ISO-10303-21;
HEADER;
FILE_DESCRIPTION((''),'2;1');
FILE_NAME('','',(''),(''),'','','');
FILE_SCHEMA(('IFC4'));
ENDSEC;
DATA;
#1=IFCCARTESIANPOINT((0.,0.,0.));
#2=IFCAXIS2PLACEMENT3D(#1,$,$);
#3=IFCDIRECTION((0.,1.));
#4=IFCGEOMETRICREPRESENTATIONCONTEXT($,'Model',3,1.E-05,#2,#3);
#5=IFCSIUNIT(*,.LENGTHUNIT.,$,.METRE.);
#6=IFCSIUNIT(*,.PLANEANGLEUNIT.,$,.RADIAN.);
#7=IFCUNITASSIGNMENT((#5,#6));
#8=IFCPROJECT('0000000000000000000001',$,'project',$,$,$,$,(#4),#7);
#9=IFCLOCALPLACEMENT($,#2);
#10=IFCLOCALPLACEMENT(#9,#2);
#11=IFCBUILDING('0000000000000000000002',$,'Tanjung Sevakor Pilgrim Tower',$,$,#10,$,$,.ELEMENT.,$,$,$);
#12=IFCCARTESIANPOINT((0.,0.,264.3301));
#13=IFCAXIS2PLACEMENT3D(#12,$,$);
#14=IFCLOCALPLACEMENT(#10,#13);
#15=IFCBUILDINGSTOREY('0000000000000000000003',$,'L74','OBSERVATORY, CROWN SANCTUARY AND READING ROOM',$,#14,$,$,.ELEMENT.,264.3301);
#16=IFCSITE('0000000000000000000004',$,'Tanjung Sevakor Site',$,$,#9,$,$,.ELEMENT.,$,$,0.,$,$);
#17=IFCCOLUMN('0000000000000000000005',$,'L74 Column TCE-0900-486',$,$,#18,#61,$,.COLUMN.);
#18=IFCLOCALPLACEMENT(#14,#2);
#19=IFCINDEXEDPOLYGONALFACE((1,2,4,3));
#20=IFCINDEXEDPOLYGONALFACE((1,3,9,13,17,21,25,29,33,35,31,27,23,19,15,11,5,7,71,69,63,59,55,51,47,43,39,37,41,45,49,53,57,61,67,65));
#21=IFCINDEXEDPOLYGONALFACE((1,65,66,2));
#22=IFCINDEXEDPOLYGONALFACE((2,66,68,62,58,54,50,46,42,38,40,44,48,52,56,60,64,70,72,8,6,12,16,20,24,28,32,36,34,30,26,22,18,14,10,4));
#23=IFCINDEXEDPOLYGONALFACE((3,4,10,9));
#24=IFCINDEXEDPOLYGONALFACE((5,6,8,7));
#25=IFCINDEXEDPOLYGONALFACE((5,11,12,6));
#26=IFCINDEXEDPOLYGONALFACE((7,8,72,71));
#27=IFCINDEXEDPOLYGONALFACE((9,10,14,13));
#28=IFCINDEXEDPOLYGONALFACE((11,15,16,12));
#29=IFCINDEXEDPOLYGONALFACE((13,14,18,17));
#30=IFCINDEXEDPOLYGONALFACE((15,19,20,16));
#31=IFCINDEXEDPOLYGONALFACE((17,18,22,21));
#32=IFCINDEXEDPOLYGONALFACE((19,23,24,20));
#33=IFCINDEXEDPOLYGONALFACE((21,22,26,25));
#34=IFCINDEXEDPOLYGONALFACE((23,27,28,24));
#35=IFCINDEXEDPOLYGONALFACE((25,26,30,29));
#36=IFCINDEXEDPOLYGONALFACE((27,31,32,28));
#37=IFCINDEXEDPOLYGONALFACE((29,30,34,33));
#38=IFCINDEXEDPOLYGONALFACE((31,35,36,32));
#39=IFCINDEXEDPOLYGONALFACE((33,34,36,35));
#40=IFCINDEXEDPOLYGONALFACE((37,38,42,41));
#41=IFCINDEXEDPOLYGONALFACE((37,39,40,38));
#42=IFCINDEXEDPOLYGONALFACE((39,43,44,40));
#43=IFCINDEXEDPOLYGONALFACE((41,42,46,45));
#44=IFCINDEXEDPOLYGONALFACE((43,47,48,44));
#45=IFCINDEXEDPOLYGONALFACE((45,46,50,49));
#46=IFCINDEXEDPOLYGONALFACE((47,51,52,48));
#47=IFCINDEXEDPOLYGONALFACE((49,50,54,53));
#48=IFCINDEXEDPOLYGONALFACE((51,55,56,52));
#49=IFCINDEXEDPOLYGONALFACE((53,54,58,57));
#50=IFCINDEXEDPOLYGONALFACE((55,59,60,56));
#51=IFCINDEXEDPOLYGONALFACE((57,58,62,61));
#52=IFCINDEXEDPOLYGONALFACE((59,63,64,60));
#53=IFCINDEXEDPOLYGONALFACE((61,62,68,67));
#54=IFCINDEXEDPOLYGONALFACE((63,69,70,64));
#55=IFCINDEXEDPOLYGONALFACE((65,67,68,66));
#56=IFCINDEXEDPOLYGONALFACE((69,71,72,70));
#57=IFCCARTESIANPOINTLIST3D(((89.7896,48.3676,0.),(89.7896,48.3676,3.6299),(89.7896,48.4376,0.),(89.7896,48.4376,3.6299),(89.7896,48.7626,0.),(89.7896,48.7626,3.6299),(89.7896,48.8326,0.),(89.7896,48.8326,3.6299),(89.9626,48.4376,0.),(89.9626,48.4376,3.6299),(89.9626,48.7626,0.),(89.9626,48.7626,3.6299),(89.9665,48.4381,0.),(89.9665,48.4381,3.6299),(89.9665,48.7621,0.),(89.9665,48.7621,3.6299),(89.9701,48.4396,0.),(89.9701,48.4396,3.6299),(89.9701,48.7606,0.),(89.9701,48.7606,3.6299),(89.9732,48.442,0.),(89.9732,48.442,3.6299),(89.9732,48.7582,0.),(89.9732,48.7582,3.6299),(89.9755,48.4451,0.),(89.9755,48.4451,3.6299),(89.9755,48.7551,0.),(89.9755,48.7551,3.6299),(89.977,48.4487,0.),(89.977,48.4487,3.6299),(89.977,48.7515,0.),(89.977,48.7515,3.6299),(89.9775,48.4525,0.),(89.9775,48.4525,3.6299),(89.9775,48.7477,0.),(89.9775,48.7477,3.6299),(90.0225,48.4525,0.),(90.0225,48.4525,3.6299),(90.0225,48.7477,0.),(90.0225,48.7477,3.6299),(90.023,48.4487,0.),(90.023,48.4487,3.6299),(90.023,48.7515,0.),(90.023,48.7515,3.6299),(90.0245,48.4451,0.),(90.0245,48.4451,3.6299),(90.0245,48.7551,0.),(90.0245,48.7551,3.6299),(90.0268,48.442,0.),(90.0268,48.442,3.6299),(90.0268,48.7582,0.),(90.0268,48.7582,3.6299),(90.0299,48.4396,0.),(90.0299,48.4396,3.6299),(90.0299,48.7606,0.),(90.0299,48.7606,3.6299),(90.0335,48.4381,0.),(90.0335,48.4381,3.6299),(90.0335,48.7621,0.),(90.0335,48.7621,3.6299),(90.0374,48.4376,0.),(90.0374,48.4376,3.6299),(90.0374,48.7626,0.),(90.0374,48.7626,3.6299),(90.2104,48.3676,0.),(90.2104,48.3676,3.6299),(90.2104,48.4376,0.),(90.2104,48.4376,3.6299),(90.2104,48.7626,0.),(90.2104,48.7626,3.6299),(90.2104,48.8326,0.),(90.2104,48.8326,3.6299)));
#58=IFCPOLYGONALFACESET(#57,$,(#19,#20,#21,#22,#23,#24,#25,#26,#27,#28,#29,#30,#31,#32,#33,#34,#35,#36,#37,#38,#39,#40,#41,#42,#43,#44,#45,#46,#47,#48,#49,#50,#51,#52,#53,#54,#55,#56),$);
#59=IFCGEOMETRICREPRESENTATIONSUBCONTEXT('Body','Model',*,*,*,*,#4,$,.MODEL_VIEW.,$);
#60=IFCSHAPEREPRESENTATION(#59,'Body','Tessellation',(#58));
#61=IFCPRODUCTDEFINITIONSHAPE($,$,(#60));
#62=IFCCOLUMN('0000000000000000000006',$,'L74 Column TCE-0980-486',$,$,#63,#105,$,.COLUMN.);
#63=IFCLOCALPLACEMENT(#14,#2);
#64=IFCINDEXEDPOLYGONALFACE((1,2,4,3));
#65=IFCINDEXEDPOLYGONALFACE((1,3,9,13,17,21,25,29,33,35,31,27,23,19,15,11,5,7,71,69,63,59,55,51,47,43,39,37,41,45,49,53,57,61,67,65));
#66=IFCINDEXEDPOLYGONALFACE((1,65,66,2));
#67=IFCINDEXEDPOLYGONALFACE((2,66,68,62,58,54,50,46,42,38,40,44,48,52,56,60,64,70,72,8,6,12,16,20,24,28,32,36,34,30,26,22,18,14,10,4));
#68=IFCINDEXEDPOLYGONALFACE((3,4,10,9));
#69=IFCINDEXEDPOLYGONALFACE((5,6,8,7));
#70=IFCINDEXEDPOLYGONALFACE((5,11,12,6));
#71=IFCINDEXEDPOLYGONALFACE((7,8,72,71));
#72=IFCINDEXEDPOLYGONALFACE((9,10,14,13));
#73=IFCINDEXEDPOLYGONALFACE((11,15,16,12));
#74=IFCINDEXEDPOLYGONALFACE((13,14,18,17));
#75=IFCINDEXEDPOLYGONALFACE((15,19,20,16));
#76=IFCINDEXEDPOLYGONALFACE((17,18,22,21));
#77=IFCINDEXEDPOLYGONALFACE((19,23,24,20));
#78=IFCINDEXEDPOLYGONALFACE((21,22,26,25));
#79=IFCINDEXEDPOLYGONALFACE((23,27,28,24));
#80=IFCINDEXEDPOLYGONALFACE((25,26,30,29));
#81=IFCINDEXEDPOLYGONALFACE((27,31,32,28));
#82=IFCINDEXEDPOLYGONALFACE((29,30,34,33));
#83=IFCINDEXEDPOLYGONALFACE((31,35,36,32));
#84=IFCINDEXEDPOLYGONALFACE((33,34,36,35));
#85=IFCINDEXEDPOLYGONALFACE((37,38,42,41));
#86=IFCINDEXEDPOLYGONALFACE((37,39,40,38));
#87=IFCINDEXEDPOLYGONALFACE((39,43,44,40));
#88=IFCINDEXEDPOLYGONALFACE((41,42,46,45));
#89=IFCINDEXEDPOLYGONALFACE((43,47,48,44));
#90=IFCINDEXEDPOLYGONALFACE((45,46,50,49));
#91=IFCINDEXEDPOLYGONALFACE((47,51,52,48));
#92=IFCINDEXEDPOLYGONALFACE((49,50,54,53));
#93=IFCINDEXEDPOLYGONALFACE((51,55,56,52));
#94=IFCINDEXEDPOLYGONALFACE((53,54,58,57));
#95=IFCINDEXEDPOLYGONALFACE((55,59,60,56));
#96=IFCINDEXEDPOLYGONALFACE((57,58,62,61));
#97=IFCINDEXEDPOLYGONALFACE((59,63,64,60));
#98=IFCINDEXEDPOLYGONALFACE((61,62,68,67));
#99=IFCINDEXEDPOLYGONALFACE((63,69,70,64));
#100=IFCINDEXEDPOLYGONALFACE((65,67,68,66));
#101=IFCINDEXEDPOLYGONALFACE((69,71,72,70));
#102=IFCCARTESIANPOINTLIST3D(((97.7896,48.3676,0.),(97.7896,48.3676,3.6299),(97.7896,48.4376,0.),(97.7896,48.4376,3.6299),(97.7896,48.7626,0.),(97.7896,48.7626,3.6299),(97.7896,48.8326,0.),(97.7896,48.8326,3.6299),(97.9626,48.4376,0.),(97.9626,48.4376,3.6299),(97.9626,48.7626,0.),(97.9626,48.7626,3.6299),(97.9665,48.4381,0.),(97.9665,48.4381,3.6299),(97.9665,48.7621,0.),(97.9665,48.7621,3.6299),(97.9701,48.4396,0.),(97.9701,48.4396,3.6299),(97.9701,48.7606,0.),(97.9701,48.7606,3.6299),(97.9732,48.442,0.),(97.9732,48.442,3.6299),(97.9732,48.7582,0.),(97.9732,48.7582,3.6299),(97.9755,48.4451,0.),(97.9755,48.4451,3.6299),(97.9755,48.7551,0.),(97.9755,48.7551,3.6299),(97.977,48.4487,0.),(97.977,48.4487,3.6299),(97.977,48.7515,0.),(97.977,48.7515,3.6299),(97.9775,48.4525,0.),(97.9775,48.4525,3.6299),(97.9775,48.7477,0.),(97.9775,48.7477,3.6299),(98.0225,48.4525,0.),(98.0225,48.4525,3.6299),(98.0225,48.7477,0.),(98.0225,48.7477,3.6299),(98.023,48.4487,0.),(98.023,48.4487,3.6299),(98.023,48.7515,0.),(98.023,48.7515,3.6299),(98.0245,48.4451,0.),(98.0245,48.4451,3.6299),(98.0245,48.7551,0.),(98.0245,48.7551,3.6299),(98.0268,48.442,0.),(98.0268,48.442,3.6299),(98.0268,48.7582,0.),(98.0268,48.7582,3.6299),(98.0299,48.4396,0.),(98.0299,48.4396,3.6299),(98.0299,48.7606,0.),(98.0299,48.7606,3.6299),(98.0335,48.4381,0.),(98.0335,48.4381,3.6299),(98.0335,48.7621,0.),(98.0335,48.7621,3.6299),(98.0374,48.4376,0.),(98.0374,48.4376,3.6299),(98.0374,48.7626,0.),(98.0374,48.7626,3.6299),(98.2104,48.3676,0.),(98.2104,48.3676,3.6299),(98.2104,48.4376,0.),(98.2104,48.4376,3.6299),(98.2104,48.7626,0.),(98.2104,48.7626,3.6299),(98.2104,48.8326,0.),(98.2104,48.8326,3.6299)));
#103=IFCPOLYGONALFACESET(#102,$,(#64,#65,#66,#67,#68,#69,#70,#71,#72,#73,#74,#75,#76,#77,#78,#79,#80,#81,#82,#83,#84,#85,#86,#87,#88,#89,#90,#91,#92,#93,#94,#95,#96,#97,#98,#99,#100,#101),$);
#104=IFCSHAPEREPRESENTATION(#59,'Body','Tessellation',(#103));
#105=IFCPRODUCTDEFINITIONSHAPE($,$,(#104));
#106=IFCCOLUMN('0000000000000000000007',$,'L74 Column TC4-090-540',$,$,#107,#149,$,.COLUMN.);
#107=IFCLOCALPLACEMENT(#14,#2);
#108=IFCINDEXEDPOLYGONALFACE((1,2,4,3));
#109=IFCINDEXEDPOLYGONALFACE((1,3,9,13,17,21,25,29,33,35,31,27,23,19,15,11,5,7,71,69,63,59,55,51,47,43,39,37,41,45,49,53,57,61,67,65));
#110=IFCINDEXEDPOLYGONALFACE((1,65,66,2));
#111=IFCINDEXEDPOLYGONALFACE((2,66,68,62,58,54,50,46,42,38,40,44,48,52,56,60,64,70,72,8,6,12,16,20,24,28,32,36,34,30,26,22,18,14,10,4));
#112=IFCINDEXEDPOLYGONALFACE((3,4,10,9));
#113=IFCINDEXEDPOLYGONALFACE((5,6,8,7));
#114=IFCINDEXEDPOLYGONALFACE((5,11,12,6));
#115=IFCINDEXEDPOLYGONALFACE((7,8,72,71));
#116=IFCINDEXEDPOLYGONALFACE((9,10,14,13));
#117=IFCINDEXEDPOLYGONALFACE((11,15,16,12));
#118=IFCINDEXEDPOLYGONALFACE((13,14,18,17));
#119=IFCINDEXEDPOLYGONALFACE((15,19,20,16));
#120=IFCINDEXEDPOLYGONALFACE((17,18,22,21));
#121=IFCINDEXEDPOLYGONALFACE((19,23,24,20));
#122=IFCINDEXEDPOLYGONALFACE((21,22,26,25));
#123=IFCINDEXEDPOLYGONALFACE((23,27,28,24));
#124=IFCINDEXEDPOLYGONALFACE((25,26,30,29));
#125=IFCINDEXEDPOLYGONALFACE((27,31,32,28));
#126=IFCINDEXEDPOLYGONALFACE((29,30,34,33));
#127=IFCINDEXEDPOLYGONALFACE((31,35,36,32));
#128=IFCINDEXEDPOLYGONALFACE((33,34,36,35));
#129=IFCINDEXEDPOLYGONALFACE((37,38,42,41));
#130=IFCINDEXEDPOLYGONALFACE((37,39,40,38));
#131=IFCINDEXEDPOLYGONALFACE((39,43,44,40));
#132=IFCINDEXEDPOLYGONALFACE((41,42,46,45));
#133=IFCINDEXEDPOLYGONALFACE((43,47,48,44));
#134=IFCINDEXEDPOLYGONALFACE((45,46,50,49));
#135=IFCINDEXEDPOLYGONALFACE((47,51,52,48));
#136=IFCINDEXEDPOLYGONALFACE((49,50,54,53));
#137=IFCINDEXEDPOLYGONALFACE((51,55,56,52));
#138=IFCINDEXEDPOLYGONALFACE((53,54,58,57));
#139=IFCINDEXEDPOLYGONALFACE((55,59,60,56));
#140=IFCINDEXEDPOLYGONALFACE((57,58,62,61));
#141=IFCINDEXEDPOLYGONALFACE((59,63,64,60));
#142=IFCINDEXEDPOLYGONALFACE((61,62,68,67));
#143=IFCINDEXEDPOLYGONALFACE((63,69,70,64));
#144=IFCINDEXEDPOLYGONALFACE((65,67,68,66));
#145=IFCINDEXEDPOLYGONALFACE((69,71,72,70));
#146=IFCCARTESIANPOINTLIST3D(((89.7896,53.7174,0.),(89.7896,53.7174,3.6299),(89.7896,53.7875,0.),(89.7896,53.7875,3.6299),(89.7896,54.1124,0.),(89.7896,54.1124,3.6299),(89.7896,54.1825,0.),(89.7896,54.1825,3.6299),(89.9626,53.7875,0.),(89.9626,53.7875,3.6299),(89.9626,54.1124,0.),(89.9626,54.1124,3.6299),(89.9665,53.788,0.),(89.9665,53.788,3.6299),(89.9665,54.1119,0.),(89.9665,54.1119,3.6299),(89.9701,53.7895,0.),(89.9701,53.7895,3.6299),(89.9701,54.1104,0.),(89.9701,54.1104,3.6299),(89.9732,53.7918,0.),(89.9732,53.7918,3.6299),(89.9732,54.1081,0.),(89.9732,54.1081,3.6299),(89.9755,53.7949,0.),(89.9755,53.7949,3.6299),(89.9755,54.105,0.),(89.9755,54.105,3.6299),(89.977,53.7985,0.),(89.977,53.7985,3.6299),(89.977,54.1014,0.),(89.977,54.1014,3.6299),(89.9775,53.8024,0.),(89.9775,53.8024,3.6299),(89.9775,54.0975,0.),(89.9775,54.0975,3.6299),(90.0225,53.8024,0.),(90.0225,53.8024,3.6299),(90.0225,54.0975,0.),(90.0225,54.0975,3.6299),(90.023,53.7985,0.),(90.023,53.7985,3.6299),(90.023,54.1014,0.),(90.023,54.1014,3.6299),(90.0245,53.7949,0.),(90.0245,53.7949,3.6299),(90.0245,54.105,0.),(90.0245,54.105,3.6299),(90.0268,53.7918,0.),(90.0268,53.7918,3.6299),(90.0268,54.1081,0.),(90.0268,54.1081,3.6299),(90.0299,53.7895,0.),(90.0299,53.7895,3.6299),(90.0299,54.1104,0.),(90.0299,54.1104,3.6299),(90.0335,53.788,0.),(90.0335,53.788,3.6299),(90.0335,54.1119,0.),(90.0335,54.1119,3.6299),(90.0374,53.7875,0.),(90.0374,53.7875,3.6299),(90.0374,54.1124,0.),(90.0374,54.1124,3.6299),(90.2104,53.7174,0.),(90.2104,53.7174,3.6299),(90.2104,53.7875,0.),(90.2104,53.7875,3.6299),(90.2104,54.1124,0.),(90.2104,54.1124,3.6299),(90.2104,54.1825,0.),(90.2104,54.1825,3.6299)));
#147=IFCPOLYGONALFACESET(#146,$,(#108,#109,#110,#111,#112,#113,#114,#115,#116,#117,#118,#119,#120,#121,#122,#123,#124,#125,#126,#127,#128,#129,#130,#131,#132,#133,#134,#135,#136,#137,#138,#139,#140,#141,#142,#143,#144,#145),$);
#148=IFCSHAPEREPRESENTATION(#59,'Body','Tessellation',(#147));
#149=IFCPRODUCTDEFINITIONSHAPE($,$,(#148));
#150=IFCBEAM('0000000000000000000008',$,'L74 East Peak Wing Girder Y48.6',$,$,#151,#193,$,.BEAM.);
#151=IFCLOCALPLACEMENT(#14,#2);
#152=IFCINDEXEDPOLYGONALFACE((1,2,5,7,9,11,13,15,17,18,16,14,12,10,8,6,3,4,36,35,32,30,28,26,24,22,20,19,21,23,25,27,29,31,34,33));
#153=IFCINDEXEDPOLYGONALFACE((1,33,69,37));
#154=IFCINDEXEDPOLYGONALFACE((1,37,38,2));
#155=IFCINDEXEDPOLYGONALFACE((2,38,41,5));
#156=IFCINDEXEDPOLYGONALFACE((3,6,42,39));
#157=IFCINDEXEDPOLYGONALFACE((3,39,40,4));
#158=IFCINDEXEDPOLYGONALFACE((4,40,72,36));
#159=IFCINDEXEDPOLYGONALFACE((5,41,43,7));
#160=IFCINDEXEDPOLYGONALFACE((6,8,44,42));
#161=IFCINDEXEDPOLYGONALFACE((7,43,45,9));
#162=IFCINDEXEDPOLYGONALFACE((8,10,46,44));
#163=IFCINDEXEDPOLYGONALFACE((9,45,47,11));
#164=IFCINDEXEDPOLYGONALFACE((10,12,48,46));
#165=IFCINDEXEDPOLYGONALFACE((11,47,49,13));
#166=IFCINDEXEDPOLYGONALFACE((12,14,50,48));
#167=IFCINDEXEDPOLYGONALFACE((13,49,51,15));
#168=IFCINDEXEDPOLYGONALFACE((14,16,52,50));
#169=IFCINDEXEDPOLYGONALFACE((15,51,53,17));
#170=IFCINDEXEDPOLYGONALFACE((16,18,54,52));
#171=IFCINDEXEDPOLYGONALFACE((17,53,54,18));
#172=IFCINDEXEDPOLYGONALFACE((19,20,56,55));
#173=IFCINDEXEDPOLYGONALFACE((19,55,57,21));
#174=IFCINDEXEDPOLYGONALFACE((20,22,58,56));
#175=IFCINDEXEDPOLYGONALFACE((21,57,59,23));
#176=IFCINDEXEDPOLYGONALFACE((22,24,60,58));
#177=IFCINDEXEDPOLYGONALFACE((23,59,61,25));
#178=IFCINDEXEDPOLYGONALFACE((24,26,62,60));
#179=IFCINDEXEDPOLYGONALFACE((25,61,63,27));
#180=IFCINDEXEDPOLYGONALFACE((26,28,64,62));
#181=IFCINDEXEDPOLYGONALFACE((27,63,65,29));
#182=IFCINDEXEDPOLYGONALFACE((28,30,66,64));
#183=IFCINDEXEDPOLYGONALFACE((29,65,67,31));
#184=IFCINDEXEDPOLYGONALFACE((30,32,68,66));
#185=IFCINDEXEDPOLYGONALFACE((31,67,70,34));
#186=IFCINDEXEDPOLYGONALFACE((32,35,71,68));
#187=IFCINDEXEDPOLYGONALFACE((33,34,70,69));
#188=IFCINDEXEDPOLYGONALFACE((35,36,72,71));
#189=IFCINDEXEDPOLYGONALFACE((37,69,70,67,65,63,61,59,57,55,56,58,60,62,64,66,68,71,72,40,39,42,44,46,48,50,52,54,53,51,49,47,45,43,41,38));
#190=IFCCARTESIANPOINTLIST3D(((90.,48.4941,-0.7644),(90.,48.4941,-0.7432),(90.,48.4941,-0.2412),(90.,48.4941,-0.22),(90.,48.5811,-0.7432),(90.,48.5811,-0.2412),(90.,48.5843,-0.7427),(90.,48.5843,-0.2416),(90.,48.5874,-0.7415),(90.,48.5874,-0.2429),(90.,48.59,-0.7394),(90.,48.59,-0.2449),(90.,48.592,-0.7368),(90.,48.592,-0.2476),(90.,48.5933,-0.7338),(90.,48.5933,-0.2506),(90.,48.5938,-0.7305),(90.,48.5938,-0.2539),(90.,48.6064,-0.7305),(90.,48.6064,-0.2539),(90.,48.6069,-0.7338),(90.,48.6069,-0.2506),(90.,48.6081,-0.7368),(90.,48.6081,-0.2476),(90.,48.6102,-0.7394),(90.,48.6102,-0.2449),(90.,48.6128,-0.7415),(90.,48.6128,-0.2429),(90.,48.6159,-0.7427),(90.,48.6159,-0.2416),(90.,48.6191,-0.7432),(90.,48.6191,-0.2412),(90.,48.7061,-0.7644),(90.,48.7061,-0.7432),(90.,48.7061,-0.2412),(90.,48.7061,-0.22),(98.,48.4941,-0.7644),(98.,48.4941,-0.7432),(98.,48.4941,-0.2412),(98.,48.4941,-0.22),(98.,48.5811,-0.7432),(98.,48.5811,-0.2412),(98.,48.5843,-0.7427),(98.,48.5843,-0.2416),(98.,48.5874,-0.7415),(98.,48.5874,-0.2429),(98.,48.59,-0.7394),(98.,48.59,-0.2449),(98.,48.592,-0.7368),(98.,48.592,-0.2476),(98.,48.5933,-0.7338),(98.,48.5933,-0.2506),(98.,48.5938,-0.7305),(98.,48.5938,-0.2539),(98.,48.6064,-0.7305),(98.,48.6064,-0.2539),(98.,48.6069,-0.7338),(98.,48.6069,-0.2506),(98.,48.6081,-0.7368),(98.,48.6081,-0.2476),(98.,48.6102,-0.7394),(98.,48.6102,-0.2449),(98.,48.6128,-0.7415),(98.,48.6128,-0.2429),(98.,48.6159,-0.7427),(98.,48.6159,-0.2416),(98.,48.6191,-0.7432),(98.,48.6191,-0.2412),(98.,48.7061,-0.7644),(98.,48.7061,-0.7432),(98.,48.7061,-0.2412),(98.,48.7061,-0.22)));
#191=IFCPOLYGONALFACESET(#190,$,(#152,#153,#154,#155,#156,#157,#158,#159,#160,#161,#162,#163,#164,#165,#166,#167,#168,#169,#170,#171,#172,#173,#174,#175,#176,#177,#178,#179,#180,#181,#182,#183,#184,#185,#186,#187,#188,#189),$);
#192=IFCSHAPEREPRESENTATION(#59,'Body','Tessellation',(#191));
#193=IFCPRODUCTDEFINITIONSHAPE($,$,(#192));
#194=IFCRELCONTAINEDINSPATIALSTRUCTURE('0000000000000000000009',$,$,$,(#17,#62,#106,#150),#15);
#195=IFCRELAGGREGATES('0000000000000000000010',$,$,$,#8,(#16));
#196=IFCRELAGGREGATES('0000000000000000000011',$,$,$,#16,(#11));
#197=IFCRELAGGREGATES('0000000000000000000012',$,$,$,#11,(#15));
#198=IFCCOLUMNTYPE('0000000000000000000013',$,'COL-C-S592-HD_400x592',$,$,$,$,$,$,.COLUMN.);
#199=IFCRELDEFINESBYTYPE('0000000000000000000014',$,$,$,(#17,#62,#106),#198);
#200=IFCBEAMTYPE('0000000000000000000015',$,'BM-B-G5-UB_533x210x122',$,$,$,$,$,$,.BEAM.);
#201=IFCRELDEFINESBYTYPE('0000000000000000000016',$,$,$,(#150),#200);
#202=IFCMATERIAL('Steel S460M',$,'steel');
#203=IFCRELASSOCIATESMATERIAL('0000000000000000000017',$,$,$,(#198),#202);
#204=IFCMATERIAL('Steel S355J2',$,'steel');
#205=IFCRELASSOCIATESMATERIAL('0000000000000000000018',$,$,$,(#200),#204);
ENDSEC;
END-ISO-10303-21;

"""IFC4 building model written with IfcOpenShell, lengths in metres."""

from ifc_helpers import new_model, si_unit, direction, frame, origin, origin_2d, place, context, subcontext, project, spatial, i_section, extrude, material, material_profile, profile_set, type_object, element, save


model = new_model("IFC4")

# Units and contexts
model_context = context("Model", 3, precision=1e-05, world=origin(), true_north=direction((0.0, 1.0)))
body_context = subcontext(model_context, "Body", "Model", "MODEL_VIEW")
ifc_project = project(units=[si_unit("LENGTHUNIT", "METRE"), si_unit("PLANEANGLEUNIT", "RADIAN")], contexts=[model_context])

# Site, building, storey
site_placement = place(None, origin())
site = spatial("IfcSite", under=ifc_project, at=site_placement, Name="Tanjung Sevakor Site", CompositionType="ELEMENT", RefElevation=0.0)
building_placement = place(site_placement, origin())
building = spatial("IfcBuilding", under=site, at=building_placement, Name="Tanjung Sevakor Pilgrim Tower", CompositionType="ELEMENT")
storey_placement = place(building_placement, frame((0.0, 0.0, 264.3301)))
storey = spatial("IfcBuildingStorey", under=building, at=storey_placement, Name="L74", Description="OBSERVATORY, CROWN SANCTUARY AND READING ROOM", CompositionType="ELEMENT", Elevation=264.3301)

# Columns
ifc_material_1 = material(Name="Steel S460M", Category="steel")
ifc_material_profile_1 = material_profile(ifc_material_1, i_section(OverallWidth=0.4209, OverallDepth=0.4651, WebThickness=0.0449, FlangeThickness=0.0701, FilletRadius=0.0149, at=origin_2d()))
ifc_profile_set_1 = profile_set([ifc_material_profile_1], Name="Steel S460M")
column_type = type_object("IfcColumnType", Name="COL-C-S592-HD_400x592", PredefinedType="COLUMN", material=ifc_profile_set_1)
for number, where, z_axis, x_axis, name in (
    (1, (90.0, 48.6001, 0.0), (0.0, 0.0, 1.0), (1.0, 0.0, 0.0), "L74 Column TCE-0900-486"),
    (2, (98.0, 48.6001, 0.0), (0.0, 0.0, 1.0), (1.0, 0.0, 0.0), "L74 Column TCE-0980-486"),
    (3, (90.0, 53.95, 0.0), (0.0, 0.0, 1.0), (1.0, 0.0, 0.0), "L74 Column TC4-090-540"),
):
    element("IfcColumn", number, at=place(storey_placement, frame(where, z_axis=z_axis, x_axis=x_axis)), inside=storey, type_object=column_type, Name=name, PredefinedType="COLUMN", context=body_context, shape_type="SweptSolid", body=[
        extrude(i_section(OverallWidth=0.4209, OverallDepth=0.4651, WebThickness=0.0449, FlangeThickness=0.0701, FilletRadius=0.0149, at=origin_2d()), origin(), (0.0, 0.0, 1.0), 3.6299),
    ])

# Beam
ifc_material_2 = material(Name="Steel S355J2", Category="steel")
ifc_material_profile_2 = material_profile(ifc_material_2, i_section(OverallWidth=0.2119, OverallDepth=0.5444, WebThickness=0.0127, FlangeThickness=0.0212, FilletRadius=0.0127, at=origin_2d()))
ifc_profile_set_2 = profile_set([ifc_material_profile_2], Name="Steel S355J2")
beam_type = type_object("IfcBeamType", Name="BM-B-G5-UB_533x210x122", PredefinedType="BEAM", material=ifc_profile_set_2)
beam_placement = place(storey_placement, frame((90.0, 48.6001, -0.4922), z_axis=(1.0, 0.0, 0.0), x_axis=(0.0, 1.0, 0.0)))
element("IfcBeam", 4, at=beam_placement, inside=storey, type_object=beam_type, Name="L74 East Peak Wing Girder Y48.6", PredefinedType="BEAM", context=body_context, shape_type="SweptSolid", body=[
    extrude(i_section(OverallWidth=0.2119, OverallDepth=0.5444, WebThickness=0.0127, FlangeThickness=0.0212, FilletRadius=0.0127, at=origin_2d()), origin(), (0.0, 0.0, 1.0), 8.0),
])

save(model, "model.ifc")
